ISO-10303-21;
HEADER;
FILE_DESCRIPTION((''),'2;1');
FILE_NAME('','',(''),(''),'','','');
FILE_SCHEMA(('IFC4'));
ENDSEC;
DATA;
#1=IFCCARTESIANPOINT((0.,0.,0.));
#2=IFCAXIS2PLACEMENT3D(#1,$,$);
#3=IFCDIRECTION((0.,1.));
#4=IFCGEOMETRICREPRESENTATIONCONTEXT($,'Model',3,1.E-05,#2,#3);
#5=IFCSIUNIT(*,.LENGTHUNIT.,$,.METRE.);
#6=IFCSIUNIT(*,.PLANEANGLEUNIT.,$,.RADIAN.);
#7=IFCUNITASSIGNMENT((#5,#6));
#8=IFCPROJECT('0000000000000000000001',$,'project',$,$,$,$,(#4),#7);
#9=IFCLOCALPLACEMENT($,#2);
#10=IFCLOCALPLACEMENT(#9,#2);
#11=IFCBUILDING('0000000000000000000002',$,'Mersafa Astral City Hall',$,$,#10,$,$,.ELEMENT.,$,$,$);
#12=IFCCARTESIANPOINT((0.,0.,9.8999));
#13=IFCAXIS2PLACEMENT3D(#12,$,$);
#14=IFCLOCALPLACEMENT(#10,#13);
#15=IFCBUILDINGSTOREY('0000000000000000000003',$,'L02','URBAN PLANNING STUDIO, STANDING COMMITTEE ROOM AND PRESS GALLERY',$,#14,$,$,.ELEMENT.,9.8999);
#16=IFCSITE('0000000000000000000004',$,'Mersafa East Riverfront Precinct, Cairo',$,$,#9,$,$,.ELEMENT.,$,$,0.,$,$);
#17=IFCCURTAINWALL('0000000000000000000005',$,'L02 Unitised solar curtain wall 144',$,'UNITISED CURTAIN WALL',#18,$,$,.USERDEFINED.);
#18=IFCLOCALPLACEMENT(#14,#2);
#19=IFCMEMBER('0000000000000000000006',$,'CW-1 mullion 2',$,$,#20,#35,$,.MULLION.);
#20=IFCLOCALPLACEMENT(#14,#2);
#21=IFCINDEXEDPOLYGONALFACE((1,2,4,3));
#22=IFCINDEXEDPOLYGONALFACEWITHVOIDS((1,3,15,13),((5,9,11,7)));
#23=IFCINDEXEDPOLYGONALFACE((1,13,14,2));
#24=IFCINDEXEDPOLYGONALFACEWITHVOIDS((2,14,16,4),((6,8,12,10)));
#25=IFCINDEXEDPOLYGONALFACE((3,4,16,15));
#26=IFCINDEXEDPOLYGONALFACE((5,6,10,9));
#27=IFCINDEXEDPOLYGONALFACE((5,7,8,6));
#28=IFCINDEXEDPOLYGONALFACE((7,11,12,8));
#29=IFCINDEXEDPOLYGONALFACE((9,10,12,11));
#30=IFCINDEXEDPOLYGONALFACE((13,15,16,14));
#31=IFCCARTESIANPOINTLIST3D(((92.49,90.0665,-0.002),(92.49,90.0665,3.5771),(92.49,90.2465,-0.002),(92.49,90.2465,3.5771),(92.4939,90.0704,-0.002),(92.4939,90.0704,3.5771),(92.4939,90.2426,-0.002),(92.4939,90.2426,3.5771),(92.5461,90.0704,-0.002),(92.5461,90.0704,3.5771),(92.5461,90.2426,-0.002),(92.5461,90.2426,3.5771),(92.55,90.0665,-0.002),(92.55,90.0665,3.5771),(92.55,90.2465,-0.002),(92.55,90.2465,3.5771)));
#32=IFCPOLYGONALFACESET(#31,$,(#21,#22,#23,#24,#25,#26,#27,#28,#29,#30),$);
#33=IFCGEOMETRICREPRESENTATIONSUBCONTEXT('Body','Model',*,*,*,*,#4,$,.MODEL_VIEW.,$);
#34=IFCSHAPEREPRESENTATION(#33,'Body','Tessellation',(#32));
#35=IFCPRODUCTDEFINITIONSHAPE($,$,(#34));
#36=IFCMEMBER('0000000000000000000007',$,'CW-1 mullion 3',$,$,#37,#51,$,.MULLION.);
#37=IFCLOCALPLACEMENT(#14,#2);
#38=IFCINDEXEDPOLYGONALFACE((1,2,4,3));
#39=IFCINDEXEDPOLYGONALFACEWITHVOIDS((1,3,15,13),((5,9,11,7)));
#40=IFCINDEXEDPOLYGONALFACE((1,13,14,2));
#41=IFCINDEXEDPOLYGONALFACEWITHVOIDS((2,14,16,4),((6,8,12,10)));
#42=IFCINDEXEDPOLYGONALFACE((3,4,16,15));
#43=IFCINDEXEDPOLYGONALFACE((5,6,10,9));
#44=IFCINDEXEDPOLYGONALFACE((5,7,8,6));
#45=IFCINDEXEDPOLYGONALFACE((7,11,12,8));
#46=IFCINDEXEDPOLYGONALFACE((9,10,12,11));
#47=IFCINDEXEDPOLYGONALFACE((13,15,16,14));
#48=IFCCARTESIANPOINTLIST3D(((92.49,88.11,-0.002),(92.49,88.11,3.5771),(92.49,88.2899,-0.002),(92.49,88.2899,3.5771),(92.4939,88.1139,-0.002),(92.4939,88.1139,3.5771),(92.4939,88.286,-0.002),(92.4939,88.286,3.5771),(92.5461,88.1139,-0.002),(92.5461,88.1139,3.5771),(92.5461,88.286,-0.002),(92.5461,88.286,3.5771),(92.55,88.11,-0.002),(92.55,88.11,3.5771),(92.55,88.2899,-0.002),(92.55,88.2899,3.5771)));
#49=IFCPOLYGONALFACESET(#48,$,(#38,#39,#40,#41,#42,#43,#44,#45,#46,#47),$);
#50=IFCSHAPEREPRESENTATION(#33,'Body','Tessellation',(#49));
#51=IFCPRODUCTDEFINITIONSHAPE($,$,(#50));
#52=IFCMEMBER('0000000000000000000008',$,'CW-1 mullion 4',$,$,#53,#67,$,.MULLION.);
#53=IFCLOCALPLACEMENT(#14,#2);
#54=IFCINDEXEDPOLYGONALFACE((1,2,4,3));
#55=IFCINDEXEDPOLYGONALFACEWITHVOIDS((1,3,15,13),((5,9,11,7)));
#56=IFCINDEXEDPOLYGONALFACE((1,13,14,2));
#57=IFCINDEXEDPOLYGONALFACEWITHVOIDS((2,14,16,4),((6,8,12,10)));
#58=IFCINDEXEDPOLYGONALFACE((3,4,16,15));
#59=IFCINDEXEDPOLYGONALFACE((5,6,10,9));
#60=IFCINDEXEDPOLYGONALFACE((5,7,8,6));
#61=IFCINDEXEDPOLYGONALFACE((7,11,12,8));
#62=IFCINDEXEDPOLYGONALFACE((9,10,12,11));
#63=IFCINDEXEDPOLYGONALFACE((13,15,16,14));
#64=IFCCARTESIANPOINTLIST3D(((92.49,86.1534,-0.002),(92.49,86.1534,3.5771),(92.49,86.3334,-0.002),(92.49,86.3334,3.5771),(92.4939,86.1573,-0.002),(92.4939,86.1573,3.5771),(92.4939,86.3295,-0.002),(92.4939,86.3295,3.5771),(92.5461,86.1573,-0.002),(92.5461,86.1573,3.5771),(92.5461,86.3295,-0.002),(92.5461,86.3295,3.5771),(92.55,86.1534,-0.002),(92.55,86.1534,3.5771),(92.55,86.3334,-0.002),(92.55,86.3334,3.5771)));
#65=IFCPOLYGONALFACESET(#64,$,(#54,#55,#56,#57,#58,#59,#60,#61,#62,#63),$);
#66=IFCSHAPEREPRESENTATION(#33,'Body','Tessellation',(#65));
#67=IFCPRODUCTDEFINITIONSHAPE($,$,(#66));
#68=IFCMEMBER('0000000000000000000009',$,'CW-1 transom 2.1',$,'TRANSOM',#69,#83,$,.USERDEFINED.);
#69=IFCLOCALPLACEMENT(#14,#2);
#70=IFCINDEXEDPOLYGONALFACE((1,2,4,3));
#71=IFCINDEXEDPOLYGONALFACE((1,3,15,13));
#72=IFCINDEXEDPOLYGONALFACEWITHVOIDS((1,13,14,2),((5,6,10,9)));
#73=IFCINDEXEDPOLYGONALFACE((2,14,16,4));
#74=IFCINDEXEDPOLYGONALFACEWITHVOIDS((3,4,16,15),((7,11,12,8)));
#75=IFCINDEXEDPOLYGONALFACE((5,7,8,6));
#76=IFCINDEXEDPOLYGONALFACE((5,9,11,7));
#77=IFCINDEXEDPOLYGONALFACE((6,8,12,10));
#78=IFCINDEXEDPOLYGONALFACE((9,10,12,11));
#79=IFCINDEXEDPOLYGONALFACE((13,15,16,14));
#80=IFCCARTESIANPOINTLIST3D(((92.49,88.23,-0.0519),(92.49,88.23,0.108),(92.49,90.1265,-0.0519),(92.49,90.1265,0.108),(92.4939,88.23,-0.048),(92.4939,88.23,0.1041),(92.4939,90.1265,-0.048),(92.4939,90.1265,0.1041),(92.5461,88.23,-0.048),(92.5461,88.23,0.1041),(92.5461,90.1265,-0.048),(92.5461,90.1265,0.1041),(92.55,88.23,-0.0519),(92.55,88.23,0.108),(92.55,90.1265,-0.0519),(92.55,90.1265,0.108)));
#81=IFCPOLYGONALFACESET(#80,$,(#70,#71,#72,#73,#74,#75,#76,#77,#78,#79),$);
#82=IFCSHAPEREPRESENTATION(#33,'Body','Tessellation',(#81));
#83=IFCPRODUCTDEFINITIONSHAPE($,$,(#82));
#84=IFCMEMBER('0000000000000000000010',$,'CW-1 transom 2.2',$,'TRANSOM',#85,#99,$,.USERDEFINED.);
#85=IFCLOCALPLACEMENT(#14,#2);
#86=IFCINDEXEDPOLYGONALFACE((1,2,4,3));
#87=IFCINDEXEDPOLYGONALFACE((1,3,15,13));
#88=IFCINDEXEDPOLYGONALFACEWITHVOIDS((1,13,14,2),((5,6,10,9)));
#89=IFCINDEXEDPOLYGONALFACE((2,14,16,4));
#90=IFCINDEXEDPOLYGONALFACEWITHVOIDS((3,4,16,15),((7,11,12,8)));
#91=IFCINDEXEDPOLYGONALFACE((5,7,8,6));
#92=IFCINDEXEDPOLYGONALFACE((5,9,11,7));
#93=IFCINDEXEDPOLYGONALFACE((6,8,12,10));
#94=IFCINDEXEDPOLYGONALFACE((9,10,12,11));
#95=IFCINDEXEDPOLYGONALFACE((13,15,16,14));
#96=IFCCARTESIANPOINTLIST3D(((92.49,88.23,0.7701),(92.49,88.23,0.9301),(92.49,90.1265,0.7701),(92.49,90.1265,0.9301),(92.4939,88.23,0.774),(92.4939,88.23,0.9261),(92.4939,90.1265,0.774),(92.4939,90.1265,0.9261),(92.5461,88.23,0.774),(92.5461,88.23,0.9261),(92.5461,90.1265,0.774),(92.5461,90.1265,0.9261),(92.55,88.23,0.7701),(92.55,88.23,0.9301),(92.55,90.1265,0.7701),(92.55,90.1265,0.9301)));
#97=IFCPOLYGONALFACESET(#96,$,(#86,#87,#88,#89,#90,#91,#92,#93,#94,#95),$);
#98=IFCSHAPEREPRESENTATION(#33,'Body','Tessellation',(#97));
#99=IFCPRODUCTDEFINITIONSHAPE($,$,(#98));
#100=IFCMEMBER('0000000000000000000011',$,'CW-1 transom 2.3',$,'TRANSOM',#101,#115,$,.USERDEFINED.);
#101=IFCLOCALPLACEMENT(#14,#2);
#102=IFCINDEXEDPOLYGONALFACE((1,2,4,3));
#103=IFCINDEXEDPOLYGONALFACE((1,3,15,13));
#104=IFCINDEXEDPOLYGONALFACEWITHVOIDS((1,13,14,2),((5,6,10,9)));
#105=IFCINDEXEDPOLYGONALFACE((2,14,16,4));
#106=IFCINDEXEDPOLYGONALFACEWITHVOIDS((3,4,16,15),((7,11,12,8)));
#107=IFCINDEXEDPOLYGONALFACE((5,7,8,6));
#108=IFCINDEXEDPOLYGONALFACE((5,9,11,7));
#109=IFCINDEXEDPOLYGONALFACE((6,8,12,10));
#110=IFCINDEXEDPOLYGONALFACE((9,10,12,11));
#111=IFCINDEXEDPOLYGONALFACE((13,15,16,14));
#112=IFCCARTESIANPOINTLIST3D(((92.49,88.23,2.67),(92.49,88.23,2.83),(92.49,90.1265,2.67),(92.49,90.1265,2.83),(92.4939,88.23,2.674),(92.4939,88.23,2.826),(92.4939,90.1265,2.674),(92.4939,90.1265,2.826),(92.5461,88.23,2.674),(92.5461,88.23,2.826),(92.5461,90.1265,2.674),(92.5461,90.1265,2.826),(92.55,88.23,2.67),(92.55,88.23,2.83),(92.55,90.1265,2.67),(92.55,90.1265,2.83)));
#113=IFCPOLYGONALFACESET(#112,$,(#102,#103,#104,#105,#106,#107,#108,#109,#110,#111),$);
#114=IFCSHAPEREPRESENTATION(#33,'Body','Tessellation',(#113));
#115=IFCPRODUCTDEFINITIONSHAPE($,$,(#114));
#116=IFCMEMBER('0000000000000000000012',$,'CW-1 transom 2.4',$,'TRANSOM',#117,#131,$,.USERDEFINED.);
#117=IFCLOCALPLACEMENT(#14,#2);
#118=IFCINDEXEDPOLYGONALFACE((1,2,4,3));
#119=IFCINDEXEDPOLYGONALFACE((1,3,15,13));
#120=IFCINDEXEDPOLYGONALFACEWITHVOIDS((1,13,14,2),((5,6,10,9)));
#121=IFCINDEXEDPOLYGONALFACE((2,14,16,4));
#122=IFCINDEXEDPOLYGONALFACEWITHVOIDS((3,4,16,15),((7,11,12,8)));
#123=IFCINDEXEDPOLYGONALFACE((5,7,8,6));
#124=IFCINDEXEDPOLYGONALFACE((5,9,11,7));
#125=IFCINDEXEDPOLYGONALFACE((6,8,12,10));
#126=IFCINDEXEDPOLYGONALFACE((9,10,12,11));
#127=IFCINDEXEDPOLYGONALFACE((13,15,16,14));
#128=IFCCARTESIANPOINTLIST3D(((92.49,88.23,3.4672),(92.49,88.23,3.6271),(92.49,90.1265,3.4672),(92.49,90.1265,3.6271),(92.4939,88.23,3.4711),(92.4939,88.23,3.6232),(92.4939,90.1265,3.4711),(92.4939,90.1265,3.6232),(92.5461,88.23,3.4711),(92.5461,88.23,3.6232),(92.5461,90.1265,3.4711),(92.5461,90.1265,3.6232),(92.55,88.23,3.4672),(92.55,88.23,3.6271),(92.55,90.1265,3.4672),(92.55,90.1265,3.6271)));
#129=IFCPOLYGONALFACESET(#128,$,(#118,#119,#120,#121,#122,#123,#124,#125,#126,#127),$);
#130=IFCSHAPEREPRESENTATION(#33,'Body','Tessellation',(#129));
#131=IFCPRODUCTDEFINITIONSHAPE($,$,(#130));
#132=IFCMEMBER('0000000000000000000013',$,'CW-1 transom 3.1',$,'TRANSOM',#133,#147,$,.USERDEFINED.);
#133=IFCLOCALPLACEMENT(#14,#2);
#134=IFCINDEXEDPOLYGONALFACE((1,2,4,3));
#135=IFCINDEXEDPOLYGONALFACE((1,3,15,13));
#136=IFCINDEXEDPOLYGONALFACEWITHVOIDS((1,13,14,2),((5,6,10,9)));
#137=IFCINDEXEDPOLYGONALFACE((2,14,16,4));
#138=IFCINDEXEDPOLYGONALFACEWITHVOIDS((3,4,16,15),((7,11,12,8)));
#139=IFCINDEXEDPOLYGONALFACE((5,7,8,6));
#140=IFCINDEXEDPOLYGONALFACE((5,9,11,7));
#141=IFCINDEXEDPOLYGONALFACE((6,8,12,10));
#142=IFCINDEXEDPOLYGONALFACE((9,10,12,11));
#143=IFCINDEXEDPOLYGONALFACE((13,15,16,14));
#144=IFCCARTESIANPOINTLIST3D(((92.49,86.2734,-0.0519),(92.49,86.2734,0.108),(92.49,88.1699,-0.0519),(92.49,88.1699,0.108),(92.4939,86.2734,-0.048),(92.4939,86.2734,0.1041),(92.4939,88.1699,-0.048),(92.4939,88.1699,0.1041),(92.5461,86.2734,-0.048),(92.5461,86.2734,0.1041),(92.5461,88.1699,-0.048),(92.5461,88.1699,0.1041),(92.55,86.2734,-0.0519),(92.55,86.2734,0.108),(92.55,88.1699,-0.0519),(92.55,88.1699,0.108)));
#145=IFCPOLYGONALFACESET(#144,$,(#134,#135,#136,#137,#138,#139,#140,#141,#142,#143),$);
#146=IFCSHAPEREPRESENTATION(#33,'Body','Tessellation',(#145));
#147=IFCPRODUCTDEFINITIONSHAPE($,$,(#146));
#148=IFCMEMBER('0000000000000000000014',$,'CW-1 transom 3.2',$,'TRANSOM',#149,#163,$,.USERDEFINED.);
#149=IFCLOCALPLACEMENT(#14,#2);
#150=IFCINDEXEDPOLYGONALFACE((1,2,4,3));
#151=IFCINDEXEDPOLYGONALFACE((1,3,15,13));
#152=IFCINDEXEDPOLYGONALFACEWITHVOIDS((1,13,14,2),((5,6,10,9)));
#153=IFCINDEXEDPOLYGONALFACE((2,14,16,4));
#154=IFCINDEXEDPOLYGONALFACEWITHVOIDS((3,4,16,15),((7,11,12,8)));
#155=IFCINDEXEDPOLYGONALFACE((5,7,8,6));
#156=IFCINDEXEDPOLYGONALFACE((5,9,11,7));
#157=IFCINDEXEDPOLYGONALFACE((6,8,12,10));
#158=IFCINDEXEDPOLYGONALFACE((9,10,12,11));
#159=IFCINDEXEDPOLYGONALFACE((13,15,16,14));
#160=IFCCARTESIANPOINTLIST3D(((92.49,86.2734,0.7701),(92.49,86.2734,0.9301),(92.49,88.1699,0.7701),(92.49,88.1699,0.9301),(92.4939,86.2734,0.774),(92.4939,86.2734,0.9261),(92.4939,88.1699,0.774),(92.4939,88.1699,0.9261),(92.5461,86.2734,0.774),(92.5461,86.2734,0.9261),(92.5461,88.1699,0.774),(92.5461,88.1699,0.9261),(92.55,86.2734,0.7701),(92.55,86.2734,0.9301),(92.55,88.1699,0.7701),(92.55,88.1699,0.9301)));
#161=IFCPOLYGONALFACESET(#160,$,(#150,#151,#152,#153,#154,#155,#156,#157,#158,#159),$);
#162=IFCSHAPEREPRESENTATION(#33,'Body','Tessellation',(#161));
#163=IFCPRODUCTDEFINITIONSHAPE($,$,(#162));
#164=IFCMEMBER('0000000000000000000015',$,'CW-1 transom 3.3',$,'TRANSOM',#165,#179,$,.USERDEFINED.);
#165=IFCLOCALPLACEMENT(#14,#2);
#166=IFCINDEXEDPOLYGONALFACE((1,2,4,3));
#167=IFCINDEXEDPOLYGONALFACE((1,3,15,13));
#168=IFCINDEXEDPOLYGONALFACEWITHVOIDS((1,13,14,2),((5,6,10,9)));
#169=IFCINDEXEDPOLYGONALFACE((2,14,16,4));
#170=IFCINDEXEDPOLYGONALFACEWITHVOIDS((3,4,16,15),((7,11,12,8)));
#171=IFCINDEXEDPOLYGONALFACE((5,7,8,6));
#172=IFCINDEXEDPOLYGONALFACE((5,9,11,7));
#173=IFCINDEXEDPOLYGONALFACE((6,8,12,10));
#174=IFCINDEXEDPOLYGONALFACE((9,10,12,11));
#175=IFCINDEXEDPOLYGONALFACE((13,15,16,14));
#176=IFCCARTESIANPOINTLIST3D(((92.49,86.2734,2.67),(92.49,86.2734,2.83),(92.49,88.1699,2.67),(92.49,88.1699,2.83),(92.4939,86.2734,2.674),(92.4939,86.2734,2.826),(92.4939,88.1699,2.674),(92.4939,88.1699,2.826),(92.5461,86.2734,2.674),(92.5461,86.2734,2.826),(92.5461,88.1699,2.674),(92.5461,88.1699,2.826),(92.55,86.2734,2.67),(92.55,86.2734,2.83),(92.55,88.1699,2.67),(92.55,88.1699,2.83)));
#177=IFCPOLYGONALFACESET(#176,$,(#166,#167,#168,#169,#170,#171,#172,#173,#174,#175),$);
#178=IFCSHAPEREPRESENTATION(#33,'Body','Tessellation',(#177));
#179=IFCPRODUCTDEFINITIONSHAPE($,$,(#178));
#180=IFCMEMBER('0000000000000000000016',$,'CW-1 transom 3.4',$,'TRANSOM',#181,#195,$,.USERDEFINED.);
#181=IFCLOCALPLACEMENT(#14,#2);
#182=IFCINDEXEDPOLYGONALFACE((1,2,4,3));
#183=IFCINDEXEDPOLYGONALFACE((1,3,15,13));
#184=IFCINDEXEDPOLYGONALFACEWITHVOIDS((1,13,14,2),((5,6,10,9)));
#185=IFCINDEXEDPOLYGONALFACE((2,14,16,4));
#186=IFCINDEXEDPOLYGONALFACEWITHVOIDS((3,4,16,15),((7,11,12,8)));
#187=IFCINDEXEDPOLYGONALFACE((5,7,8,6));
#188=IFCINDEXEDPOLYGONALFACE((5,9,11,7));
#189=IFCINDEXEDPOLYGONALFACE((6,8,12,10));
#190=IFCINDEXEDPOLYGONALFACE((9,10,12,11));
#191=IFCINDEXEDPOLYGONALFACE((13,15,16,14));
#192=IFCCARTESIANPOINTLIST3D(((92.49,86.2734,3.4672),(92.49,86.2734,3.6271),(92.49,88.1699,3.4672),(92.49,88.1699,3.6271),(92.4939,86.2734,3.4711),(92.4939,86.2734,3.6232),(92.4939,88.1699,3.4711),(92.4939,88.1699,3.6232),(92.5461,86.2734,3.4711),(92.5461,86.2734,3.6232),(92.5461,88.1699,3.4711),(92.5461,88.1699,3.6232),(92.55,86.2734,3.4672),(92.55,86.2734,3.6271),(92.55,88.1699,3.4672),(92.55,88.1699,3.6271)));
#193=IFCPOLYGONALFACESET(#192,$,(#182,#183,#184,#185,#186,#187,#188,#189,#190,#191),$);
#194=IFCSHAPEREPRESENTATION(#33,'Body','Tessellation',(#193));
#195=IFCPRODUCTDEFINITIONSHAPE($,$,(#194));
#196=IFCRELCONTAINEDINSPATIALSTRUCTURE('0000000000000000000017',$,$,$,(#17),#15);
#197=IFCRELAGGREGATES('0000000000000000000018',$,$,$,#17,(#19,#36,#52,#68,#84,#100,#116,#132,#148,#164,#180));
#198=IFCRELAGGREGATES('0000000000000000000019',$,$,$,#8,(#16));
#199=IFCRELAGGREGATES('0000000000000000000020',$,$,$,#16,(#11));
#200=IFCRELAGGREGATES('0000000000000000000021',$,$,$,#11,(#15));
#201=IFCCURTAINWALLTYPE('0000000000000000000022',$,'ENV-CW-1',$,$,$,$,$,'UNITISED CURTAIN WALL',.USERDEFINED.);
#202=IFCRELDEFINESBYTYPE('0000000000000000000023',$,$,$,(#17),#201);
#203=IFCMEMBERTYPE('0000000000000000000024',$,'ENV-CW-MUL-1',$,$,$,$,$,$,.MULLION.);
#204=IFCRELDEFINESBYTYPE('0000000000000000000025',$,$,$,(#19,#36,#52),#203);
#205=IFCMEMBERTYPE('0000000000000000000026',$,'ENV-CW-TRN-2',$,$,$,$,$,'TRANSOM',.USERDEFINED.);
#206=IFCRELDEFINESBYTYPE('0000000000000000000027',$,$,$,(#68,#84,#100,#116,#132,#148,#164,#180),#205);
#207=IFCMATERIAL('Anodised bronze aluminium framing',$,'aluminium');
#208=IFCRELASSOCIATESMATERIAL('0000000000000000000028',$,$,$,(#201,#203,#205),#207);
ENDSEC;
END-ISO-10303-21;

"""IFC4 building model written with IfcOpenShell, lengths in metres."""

from ifc_helpers import new_model, si_unit, direction, frame, origin, origin_2d, place, context, subcontext, project, spatial, hollow_rectangle, extrude, material, material_profile, profile_set, type_object, element, aggregate, save


model = new_model("IFC4")

# Units and contexts
model_context = context("Model", 3, precision=1e-05, world=origin(), true_north=direction((0.0, 1.0)))
body_context = subcontext(model_context, "Body", "Model", "MODEL_VIEW")
ifc_project = project(units=[si_unit("LENGTHUNIT", "METRE"), si_unit("PLANEANGLEUNIT", "RADIAN")], contexts=[model_context])

# Site, building, storey
site_placement = place(None, origin())
site = spatial("IfcSite", under=ifc_project, at=site_placement, Name="Mersafa East Riverfront Precinct, Cairo", CompositionType="ELEMENT", RefElevation=0.0)
building_placement = place(site_placement, origin())
building = spatial("IfcBuilding", under=site, at=building_placement, Name="Mersafa Astral City Hall", CompositionType="ELEMENT")
storey_placement = place(building_placement, frame((0.0, 0.0, 9.8999)))
storey = spatial("IfcBuildingStorey", under=building, at=storey_placement, Name="L02", Description="URBAN PLANNING STUDIO, STANDING COMMITTEE ROOM AND PRESS GALLERY", CompositionType="ELEMENT", Elevation=9.8999)

# Curtain wall, members
ifc_material_1 = material(Name="Anodised bronze aluminium framing", Category="aluminium")
curtain_wall_type = type_object("IfcCurtainWallType", Name="ENV-CW-1", ElementType="UNITISED CURTAIN WALL", PredefinedType="USERDEFINED", material=ifc_material_1)
curtain_wall_placement = place(storey_placement, origin())
curtain_wall = element("IfcCurtainWall", 1, at=curtain_wall_placement, inside=storey, type_object=curtain_wall_type, Name="L02 Unitised solar curtain wall 144", ObjectType="UNITISED CURTAIN WALL", PredefinedType="USERDEFINED")
ifc_material_profile_1 = material_profile(ifc_material_1, hollow_rectangle(XDim=0.0601, YDim=0.1799, WallThickness=0.0039, at=origin_2d()), Name="RHS 60x180x4")
ifc_profile_set_1 = profile_set([ifc_material_profile_1], Name="Anodised bronze aluminium framing")
member_type_1 = type_object("IfcMemberType", Name="ENV-CW-MUL-1", PredefinedType="MULLION", material=ifc_profile_set_1)
member_1_placement = place(storey_placement, frame((92.52, 90.1565, -0.002), z_axis=(0.0, 0.0, 1.0), x_axis=(1.0, 0.0, 0.0)))
member_1 = element("IfcMember", 2, at=member_1_placement, type_object=member_type_1, Name="CW-1 mullion 2", PredefinedType="MULLION", context=body_context, shape_type="SweptSolid", body=[
    extrude(hollow_rectangle(XDim=0.0601, YDim=0.1799, WallThickness=0.0039, at=origin_2d()), origin(), (0.0, 0.0, 1.0), 3.5791),
])
member_2_placement = place(storey_placement, frame((92.52, 88.2, -0.002), z_axis=(0.0, 0.0, 1.0), x_axis=(1.0, 0.0, 0.0)))
member_2 = element("IfcMember", 3, at=member_2_placement, type_object=member_type_1, Name="CW-1 mullion 3", PredefinedType="MULLION", context=body_context, shape_type="SweptSolid", body=[
    extrude(hollow_rectangle(XDim=0.0601, YDim=0.1799, WallThickness=0.0039, at=origin_2d()), origin(), (0.0, 0.0, 1.0), 3.5791),
])
member_3_placement = place(storey_placement, frame((92.52, 86.2434, -0.002), z_axis=(0.0, 0.0, 1.0), x_axis=(1.0, 0.0, 0.0)))
member_3 = element("IfcMember", 4, at=member_3_placement, type_object=member_type_1, Name="CW-1 mullion 4", PredefinedType="MULLION", context=body_context, shape_type="SweptSolid", body=[
    extrude(hollow_rectangle(XDim=0.0601, YDim=0.1799, WallThickness=0.0039, at=origin_2d()), origin(), (0.0, 0.0, 1.0), 3.5791),
])
ifc_material_profile_2 = material_profile(ifc_material_1, hollow_rectangle(XDim=0.0601, YDim=0.1599, WallThickness=0.0039, at=origin_2d()), Name="RHS 60x160x4")
ifc_profile_set_2 = profile_set([ifc_material_profile_2], Name="Anodised bronze aluminium framing")
member_type_2 = type_object("IfcMemberType", Name="ENV-CW-TRN-2", ElementType="TRANSOM", PredefinedType="USERDEFINED", material=ifc_profile_set_2)
member_4_placement = place(storey_placement, frame((92.52, 90.1265, 0.0281), z_axis=(0.0, -1.0, 0.0), x_axis=(1.0, 0.0, 0.0)))
member_4 = element("IfcMember", 5, at=member_4_placement, type_object=member_type_2, Name="CW-1 transom 2.1", ObjectType="TRANSOM", PredefinedType="USERDEFINED", context=body_context, shape_type="SweptSolid", body=[
    extrude(hollow_rectangle(XDim=0.0601, YDim=0.1599, WallThickness=0.0039, at=origin_2d()), origin(), (0.0, 0.0, 1.0), 1.8965),
])
member_5_placement = place(storey_placement, frame((92.52, 90.1265, 0.8501), z_axis=(0.0, -1.0, 0.0), x_axis=(1.0, 0.0, 0.0)))
member_5 = element("IfcMember", 6, at=member_5_placement, type_object=member_type_2, Name="CW-1 transom 2.2", ObjectType="TRANSOM", PredefinedType="USERDEFINED", context=body_context, shape_type="SweptSolid", body=[
    extrude(hollow_rectangle(XDim=0.0601, YDim=0.1599, WallThickness=0.0039, at=origin_2d()), origin(), (0.0, 0.0, 1.0), 1.8965),
])
member_6_placement = place(storey_placement, frame((92.52, 90.1265, 2.75), z_axis=(0.0, -1.0, 0.0), x_axis=(1.0, 0.0, 0.0)))
member_6 = element("IfcMember", 7, at=member_6_placement, type_object=member_type_2, Name="CW-1 transom 2.3", ObjectType="TRANSOM", PredefinedType="USERDEFINED", context=body_context, shape_type="SweptSolid", body=[
    extrude(hollow_rectangle(XDim=0.0601, YDim=0.1599, WallThickness=0.0039, at=origin_2d()), origin(), (0.0, 0.0, 1.0), 1.8965),
])
member_7_placement = place(storey_placement, frame((92.52, 90.1265, 3.5471), z_axis=(0.0, -1.0, 0.0), x_axis=(1.0, 0.0, 0.0)))
member_7 = element("IfcMember", 8, at=member_7_placement, type_object=member_type_2, Name="CW-1 transom 2.4", ObjectType="TRANSOM", PredefinedType="USERDEFINED", context=body_context, shape_type="SweptSolid", body=[
    extrude(hollow_rectangle(XDim=0.0601, YDim=0.1599, WallThickness=0.0039, at=origin_2d()), origin(), (0.0, 0.0, 1.0), 1.8965),
])
member_8_placement = place(storey_placement, frame((92.52, 88.1699, 0.0281), z_axis=(0.0, -1.0, 0.0), x_axis=(1.0, 0.0, 0.0)))
member_8 = element("IfcMember", 9, at=member_8_placement, type_object=member_type_2, Name="CW-1 transom 3.1", ObjectType="TRANSOM", PredefinedType="USERDEFINED", context=body_context, shape_type="SweptSolid", body=[
    extrude(hollow_rectangle(XDim=0.0601, YDim=0.1599, WallThickness=0.0039, at=origin_2d()), origin(), (0.0, 0.0, 1.0), 1.8965),
])
member_9_placement = place(storey_placement, frame((92.52, 88.1699, 0.8501), z_axis=(0.0, -1.0, 0.0), x_axis=(1.0, 0.0, 0.0)))
member_9 = element("IfcMember", 10, at=member_9_placement, type_object=member_type_2, Name="CW-1 transom 3.2", ObjectType="TRANSOM", PredefinedType="USERDEFINED", context=body_context, shape_type="SweptSolid", body=[
    extrude(hollow_rectangle(XDim=0.0601, YDim=0.1599, WallThickness=0.0039, at=origin_2d()), origin(), (0.0, 0.0, 1.0), 1.8965),
])
member_10_placement = place(storey_placement, frame((92.52, 88.1699, 2.75), z_axis=(0.0, -1.0, 0.0), x_axis=(1.0, 0.0, 0.0)))
member_10 = element("IfcMember", 11, at=member_10_placement, type_object=member_type_2, Name="CW-1 transom 3.3", ObjectType="TRANSOM", PredefinedType="USERDEFINED", context=body_context, shape_type="SweptSolid", body=[
    extrude(hollow_rectangle(XDim=0.0601, YDim=0.1599, WallThickness=0.0039, at=origin_2d()), origin(), (0.0, 0.0, 1.0), 1.8965),
])
member_11_placement = place(storey_placement, frame((92.52, 88.1699, 3.5471), z_axis=(0.0, -1.0, 0.0), x_axis=(1.0, 0.0, 0.0)))
member_11 = element("IfcMember", 12, at=member_11_placement, type_object=member_type_2, Name="CW-1 transom 3.4", ObjectType="TRANSOM", PredefinedType="USERDEFINED", context=body_context, shape_type="SweptSolid", body=[
    extrude(hollow_rectangle(XDim=0.0601, YDim=0.1599, WallThickness=0.0039, at=origin_2d()), origin(), (0.0, 0.0, 1.0), 1.8965),
])

aggregate(curtain_wall, [member_1, member_2, member_3, member_4, member_5, member_6, member_7, member_8, member_9, member_10, member_11])

save(model, "model.ifc")
